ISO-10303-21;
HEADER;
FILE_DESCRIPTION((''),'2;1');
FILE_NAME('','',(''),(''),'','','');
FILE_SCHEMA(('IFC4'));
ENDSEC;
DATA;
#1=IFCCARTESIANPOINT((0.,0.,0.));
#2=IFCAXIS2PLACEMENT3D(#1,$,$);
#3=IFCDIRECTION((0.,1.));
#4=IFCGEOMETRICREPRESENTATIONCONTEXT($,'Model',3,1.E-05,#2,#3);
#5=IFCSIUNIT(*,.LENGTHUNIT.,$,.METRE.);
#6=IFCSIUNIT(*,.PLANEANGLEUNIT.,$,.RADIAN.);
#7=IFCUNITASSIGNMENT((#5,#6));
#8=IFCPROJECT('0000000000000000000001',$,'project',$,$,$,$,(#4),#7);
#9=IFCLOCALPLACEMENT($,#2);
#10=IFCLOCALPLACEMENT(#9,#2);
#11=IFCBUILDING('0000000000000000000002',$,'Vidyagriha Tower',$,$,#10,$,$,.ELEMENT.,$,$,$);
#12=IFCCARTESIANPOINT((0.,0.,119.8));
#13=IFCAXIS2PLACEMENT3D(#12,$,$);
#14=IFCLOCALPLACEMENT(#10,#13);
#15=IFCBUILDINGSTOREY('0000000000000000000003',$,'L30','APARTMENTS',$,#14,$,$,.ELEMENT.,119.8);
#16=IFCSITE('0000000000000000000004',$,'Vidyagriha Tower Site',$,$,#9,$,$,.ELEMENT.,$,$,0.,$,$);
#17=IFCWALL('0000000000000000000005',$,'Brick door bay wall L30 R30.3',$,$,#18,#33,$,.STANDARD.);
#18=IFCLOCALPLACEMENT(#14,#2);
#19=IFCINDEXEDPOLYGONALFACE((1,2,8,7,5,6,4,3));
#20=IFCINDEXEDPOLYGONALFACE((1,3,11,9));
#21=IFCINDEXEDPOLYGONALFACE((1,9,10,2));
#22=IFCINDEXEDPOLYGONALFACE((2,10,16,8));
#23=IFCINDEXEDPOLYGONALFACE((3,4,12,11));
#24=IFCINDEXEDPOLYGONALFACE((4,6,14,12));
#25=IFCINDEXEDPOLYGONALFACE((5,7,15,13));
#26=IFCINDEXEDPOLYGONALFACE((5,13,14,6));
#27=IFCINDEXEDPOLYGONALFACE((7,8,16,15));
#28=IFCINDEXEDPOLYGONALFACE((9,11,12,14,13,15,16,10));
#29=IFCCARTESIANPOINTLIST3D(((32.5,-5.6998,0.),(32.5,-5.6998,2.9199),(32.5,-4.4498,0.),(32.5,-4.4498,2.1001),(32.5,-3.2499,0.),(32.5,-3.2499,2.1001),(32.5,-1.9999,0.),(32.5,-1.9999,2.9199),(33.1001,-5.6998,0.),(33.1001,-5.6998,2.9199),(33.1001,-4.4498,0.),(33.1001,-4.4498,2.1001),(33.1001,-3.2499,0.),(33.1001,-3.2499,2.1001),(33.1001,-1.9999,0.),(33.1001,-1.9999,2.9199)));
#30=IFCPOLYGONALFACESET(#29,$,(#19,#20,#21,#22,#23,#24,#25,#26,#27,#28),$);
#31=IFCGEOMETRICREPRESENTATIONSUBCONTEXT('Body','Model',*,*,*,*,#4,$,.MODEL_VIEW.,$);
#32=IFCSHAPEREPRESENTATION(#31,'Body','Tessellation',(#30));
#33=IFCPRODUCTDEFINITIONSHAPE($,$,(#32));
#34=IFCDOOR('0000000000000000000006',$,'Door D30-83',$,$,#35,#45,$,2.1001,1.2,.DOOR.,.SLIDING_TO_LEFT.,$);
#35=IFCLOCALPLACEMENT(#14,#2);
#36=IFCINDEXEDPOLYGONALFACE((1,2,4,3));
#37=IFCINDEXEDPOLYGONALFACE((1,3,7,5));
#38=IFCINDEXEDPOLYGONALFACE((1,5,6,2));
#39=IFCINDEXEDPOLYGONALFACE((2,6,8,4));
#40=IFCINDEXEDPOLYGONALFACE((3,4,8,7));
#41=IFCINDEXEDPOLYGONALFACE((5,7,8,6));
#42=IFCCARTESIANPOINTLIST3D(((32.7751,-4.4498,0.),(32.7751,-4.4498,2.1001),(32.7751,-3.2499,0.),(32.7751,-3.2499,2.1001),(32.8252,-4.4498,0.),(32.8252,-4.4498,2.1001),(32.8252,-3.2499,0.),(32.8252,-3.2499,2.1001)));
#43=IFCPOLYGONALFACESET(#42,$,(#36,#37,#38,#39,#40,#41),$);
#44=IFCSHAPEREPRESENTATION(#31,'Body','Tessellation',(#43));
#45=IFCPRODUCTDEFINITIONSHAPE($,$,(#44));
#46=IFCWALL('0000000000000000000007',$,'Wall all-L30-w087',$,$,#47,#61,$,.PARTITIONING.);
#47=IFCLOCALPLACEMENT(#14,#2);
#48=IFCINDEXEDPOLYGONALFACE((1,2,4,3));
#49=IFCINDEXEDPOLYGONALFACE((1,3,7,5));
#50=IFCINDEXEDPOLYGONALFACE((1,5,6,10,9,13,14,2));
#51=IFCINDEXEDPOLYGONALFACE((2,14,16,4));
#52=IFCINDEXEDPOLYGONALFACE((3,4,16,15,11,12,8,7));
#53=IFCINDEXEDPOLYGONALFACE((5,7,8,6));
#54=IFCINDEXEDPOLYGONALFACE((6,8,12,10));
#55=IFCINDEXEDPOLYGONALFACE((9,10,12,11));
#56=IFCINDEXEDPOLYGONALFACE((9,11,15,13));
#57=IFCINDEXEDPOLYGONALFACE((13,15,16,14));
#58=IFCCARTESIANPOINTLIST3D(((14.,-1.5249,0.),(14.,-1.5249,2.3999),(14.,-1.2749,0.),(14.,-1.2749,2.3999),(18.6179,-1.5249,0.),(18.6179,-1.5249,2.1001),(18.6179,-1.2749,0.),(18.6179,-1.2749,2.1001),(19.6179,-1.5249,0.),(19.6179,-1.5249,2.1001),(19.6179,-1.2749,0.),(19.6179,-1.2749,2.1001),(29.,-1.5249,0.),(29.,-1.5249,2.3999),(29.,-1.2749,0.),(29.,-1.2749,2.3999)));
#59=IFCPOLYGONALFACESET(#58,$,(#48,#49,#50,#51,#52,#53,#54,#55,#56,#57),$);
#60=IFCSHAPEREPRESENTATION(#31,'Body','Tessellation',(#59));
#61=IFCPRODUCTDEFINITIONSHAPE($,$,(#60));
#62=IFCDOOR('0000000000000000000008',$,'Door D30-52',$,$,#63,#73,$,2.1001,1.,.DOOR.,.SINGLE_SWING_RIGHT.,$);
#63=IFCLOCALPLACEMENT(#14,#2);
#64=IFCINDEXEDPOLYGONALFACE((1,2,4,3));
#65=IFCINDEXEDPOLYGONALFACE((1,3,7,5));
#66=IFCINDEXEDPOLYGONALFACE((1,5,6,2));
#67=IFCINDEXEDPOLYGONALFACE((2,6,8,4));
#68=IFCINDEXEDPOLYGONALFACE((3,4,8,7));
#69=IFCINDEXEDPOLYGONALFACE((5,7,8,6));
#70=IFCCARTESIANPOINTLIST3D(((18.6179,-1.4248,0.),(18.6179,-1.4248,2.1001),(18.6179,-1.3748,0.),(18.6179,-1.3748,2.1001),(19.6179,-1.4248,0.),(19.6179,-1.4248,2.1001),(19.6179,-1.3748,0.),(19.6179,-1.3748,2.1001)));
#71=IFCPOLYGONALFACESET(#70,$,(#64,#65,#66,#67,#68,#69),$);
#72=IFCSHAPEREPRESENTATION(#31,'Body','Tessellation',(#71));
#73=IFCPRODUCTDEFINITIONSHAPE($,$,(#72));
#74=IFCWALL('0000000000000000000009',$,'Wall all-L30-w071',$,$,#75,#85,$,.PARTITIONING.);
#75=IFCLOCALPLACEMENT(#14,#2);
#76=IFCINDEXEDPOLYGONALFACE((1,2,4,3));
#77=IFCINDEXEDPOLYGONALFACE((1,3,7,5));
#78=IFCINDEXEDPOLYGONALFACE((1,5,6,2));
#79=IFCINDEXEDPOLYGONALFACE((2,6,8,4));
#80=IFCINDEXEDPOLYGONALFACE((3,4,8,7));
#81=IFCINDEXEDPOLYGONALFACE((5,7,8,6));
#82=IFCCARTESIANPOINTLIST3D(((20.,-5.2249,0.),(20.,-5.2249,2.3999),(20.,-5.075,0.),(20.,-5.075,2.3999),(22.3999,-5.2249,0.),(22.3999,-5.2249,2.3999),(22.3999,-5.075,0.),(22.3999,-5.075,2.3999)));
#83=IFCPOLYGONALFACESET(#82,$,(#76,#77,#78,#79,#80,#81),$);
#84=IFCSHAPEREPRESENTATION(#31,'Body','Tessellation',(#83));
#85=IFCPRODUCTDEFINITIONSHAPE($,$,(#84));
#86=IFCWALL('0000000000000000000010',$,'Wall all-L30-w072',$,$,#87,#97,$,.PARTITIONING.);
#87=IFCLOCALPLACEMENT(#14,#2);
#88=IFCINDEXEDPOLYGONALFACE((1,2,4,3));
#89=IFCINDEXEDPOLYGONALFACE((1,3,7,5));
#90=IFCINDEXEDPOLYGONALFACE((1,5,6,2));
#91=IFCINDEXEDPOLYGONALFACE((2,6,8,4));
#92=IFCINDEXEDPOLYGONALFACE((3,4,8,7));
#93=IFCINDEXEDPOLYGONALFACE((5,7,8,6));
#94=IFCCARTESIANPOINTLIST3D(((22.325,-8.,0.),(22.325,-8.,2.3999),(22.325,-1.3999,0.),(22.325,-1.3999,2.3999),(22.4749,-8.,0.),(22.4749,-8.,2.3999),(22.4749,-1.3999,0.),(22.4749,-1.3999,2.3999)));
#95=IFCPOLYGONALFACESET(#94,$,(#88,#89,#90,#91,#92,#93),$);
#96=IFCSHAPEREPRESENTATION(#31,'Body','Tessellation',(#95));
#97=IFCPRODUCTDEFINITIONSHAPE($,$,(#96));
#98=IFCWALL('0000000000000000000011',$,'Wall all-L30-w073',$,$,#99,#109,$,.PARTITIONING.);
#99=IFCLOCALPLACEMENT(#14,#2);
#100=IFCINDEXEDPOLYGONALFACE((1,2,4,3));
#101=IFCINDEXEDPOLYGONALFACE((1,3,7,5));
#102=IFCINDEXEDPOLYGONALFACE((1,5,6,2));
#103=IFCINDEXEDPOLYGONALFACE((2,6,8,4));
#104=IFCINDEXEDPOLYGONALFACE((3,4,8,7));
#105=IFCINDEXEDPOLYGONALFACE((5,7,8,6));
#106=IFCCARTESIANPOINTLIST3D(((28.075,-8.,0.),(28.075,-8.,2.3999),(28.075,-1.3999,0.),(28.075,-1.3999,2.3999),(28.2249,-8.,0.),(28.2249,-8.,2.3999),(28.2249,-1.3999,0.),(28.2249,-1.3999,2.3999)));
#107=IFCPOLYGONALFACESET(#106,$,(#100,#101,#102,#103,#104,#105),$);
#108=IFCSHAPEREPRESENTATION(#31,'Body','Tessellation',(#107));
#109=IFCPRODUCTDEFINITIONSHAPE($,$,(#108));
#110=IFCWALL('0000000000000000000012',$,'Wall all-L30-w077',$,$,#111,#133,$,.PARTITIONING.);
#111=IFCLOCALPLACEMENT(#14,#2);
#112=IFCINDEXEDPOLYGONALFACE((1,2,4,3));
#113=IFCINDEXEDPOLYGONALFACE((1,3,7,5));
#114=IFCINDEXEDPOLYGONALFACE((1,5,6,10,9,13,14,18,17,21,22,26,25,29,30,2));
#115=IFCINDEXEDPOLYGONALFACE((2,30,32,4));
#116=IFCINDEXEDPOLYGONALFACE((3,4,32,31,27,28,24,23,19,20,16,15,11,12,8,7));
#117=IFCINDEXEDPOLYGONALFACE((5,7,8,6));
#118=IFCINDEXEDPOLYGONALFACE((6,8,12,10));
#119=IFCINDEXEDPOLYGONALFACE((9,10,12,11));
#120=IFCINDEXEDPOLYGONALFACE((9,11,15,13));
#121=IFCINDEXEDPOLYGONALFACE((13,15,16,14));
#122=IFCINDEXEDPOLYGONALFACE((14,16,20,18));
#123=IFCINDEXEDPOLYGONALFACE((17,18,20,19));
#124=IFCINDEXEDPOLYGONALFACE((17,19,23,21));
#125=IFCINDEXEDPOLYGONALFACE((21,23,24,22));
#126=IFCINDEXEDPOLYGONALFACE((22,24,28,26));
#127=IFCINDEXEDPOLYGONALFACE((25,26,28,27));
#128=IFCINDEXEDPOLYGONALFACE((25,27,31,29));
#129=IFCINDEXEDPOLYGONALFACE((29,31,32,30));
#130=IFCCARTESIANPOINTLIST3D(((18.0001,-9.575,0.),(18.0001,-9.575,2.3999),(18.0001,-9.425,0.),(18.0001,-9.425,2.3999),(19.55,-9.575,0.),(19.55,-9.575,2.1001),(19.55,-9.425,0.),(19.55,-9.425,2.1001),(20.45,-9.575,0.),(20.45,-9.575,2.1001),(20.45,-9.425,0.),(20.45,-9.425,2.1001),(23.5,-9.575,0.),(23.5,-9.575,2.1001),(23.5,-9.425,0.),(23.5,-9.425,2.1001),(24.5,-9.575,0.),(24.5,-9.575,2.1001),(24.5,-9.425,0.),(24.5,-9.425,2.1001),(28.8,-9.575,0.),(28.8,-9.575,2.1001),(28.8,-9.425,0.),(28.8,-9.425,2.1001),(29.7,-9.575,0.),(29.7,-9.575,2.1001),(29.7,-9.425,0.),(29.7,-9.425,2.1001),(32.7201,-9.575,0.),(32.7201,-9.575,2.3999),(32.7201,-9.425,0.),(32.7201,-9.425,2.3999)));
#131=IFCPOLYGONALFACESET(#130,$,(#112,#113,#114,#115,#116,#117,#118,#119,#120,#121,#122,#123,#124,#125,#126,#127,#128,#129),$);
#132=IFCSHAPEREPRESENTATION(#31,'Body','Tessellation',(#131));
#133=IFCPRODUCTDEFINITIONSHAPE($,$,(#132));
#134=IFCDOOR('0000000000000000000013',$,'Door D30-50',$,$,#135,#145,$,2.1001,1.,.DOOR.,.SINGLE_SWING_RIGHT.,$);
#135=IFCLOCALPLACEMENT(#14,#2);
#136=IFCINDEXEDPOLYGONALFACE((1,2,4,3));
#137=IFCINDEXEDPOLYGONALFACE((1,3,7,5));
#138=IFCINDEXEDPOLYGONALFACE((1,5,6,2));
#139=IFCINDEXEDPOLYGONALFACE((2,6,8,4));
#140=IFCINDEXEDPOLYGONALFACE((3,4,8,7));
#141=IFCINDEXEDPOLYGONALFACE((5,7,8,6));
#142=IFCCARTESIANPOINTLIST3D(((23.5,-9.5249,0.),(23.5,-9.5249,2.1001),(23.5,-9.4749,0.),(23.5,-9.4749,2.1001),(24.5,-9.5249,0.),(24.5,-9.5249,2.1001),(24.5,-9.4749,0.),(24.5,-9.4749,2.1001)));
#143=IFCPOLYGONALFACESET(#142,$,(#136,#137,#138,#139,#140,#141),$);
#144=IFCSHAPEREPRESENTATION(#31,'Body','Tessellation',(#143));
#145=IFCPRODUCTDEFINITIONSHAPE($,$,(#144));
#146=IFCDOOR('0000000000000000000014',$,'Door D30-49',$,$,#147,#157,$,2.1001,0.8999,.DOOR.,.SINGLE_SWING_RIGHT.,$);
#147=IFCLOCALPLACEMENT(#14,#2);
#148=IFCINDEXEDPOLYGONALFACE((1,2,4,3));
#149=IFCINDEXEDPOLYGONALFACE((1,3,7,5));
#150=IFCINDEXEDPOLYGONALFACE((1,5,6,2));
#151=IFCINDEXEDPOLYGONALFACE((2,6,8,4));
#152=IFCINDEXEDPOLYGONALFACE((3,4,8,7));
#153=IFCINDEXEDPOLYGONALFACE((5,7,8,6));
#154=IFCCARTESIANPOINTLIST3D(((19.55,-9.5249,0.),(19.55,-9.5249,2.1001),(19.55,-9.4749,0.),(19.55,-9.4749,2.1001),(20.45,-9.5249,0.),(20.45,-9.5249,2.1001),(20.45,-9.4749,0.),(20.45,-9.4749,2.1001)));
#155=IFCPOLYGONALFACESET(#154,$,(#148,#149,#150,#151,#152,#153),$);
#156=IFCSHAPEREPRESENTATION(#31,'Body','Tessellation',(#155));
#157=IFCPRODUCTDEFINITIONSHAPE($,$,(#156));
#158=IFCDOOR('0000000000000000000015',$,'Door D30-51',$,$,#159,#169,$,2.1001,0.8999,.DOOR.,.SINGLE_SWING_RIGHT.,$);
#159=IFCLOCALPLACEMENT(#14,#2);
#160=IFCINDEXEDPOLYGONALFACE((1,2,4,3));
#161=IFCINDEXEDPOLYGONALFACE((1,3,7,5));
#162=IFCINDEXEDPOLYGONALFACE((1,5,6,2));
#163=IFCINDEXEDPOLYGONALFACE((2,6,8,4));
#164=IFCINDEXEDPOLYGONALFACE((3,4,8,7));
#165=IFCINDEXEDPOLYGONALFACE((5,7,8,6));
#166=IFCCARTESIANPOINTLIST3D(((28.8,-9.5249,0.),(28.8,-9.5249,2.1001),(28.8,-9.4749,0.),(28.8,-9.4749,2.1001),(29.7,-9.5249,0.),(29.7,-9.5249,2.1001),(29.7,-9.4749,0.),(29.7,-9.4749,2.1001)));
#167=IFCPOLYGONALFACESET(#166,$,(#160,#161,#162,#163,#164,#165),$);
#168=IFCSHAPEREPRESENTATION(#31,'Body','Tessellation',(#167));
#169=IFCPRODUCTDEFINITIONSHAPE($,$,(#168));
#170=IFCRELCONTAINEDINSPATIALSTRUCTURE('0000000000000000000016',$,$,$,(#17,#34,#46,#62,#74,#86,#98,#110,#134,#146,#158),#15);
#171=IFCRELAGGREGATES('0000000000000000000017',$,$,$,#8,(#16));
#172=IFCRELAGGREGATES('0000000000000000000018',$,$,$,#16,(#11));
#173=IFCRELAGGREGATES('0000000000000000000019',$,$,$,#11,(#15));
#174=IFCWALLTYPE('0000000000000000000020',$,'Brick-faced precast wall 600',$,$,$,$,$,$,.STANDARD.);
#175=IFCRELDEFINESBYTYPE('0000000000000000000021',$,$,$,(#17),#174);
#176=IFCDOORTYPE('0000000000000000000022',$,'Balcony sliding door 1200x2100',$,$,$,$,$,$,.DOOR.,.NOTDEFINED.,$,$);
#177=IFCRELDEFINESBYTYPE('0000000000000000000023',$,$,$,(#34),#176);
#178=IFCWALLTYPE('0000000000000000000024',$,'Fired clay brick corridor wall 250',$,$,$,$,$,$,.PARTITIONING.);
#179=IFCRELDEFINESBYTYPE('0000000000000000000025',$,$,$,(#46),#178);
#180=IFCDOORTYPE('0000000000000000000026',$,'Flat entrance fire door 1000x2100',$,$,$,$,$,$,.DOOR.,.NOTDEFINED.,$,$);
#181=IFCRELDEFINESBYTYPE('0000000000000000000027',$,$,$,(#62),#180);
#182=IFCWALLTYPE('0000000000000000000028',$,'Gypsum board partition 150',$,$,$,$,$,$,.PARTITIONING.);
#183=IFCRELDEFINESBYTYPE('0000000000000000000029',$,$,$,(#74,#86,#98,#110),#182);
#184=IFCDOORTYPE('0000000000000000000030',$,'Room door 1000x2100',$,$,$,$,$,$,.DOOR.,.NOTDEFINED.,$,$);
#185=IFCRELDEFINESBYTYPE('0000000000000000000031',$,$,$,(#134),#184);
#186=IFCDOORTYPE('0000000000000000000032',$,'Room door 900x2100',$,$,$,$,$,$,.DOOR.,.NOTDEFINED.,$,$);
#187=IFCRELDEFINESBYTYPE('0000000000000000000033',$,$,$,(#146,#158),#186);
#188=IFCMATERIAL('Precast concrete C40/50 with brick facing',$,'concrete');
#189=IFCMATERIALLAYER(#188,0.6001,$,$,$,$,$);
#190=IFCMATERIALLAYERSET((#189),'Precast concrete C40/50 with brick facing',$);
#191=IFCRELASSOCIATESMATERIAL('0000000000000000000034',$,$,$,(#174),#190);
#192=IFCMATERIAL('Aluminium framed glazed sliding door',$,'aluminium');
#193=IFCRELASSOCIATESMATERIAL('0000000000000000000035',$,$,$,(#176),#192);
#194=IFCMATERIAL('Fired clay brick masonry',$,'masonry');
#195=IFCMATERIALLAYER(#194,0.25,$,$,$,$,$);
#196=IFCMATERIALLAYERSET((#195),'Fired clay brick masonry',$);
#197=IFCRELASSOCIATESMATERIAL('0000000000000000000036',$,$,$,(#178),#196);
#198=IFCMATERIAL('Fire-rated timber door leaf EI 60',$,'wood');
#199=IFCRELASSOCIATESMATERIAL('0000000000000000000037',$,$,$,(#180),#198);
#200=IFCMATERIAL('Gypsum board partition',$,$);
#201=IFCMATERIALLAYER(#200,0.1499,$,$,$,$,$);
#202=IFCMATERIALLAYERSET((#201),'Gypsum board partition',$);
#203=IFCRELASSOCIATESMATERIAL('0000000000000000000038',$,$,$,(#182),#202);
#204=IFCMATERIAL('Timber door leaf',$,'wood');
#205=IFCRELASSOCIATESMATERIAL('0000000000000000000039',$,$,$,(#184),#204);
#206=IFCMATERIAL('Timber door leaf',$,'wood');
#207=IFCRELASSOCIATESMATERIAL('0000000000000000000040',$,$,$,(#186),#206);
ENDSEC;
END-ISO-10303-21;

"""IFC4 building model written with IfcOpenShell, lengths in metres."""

from ifc_helpers import new_model, si_unit, direction, frame, frame_2d, origin, place, context, subcontext, project, spatial, rectangle, extrude, material, layer, layer_set, type_object, element, fill, save


model = new_model("IFC4")

# Units and contexts
model_context = context("Model", 3, precision=1e-05, world=origin(), true_north=direction((0.0, 1.0)))
body_context = subcontext(model_context, "Body", "Model", "MODEL_VIEW")
ifc_project = project(units=[si_unit("LENGTHUNIT", "METRE"), si_unit("PLANEANGLEUNIT", "RADIAN")], contexts=[model_context])

# Site, building, storey
site_placement = place(None, origin())
site = spatial("IfcSite", under=ifc_project, at=site_placement, Name="Vidyagriha Tower Site", CompositionType="ELEMENT", RefElevation=0.0)
building_placement = place(site_placement, origin())
building = spatial("IfcBuilding", under=site, at=building_placement, Name="Vidyagriha Tower", CompositionType="ELEMENT")
storey_placement = place(building_placement, frame((0.0, 0.0, 119.8)))
storey = spatial("IfcBuildingStorey", under=building, at=storey_placement, Name="L30", Description="APARTMENTS", CompositionType="ELEMENT", Elevation=119.8)

# Walls, openings, doors
ifc_material_1 = material(Name="Precast concrete C40/50 with brick facing", Category="concrete")
ifc_layer_1 = layer(ifc_material_1, 0.6001)
ifc_layer_set_1 = layer_set([ifc_layer_1], Name="Precast concrete C40/50 with brick facing")
wall_type_1 = type_object("IfcWallType", Name="Brick-faced precast wall 600", PredefinedType="STANDARD", material=ifc_layer_set_1)
wall_1_placement = place(storey_placement, frame((32.8, -5.7, 0.0), z_axis=(0.0, 0.0, 1.0), x_axis=(0.0, 1.0, 0.0)))
wall_1 = element("IfcWall", 1, at=wall_1_placement, inside=storey, type_object=wall_type_1, Name="Brick door bay wall L30 R30.3", PredefinedType="STANDARD", context=body_context, shape_type="SweptSolid", body=[
    extrude(rectangle(XDim=3.7, YDim=0.6001, at=frame_2d((1.8501, 0.0))), origin(), (0.0, 0.0, 1.0), 2.9199),
])
opening_1_placement = place(wall_1_placement, frame((1.25, 0.0, 0.0)))
opening_1 = element("IfcOpeningElement", 2, at=opening_1_placement, cuts=wall_1, PredefinedType="OPENING", context=body_context, shape_type="SweptSolid", body=[
    extrude(rectangle(XDim=1.2, YDim=2.1001, at=frame_2d((0.6001, 1.05))), frame((0.0, 0.3101, 0.0), z_axis=(0.0, -1.0, 0.0), x_axis=(1.0, 0.0, 0.0)), (0.0, 0.0, 1.0), 0.6201),
])
ifc_material_2 = material(Name="Aluminium framed glazed sliding door", Category="aluminium")
door_type_1 = type_object("IfcDoorType", Name="Balcony sliding door 1200x2100", OperationType="NOTDEFINED", PredefinedType="DOOR", material=ifc_material_2)
door_1_placement = place(opening_1_placement, origin())
door_1 = element("IfcDoor", 3, at=door_1_placement, inside=storey, type_object=door_type_1, Name="Door D30-83", OperationType="SLIDING_TO_LEFT", OverallHeight=2.1001, OverallWidth=1.2, PredefinedType="DOOR", context=body_context, shape_type="SweptSolid", body=[
    extrude(rectangle(XDim=1.2, YDim=2.1001, at=frame_2d((0.6001, 1.05))), frame((0.0, 0.0249, 0.0), z_axis=(0.0, -1.0, 0.0), x_axis=(1.0, 0.0, 0.0)), (0.0, 0.0, 1.0), 0.05),
])
fill(opening_1, door_1)
ifc_material_3 = material(Name="Fired clay brick masonry", Category="masonry")
ifc_layer_2 = layer(ifc_material_3, 0.25)
ifc_layer_set_2 = layer_set([ifc_layer_2], Name="Fired clay brick masonry")
wall_type_2 = type_object("IfcWallType", Name="Fired clay brick corridor wall 250", PredefinedType="PARTITIONING", material=ifc_layer_set_2)
wall_2_placement = place(storey_placement, frame((29.0, -1.3999, 0.0), z_axis=(0.0, 0.0, 1.0), x_axis=(-1.0, 0.0, 0.0)))
wall_2 = element("IfcWall", 4, at=wall_2_placement, inside=storey, type_object=wall_type_2, Name="Wall all-L30-w087", PredefinedType="PARTITIONING", context=body_context, shape_type="SweptSolid", body=[
    extrude(rectangle(XDim=15.0, YDim=0.25, at=frame_2d((7.5, 0.0))), origin(), (0.0, 0.0, 1.0), 2.3999),
])
opening_2_placement = place(wall_2_placement, frame((9.3821, 0.0, 0.0)))
opening_2 = element("IfcOpeningElement", 5, at=opening_2_placement, cuts=wall_2, PredefinedType="OPENING", context=body_context, shape_type="SweptSolid", body=[
    extrude(rectangle(XDim=1.0, YDim=2.1001, at=frame_2d((0.5, 1.05))), frame((0.0, 0.135, 0.0), z_axis=(0.0, -1.0, 0.0), x_axis=(1.0, 0.0, 0.0)), (0.0, 0.0, 1.0), 0.27),
])
ifc_material_4 = material(Name="Fire-rated timber door leaf EI 60", Category="wood")
door_type_2 = type_object("IfcDoorType", Name="Flat entrance fire door 1000x2100", OperationType="NOTDEFINED", PredefinedType="DOOR", material=ifc_material_4)
door_2_placement = place(opening_2_placement, origin())
door_2 = element("IfcDoor", 6, at=door_2_placement, inside=storey, type_object=door_type_2, Name="Door D30-52", OperationType="SINGLE_SWING_RIGHT", OverallHeight=2.1001, OverallWidth=1.0, PredefinedType="DOOR", context=body_context, shape_type="SweptSolid", body=[
    extrude(rectangle(XDim=1.0, YDim=2.1001, at=frame_2d((0.5, 1.05))), frame((0.0, 0.0249, 0.0), z_axis=(0.0, -1.0, 0.0), x_axis=(1.0, 0.0, 0.0)), (0.0, 0.0, 1.0), 0.05),
])
fill(opening_2, door_2)

# Walls
ifc_material_5 = material(Name="Gypsum board partition")
ifc_layer_3 = layer(ifc_material_5, 0.1499)
ifc_layer_set_3 = layer_set([ifc_layer_3], Name="Gypsum board partition")
wall_type_3 = type_object("IfcWallType", Name="Gypsum board partition 150", PredefinedType="PARTITIONING", material=ifc_layer_set_3)
wall_3_placement = place(storey_placement, frame((22.3999, -5.1499, 0.0), z_axis=(0.0, 0.0, 1.0), x_axis=(-1.0, 0.0, 0.0)))
element("IfcWall", 7, at=wall_3_placement, inside=storey, type_object=wall_type_3, Name="Wall all-L30-w071", PredefinedType="PARTITIONING", context=body_context, shape_type="SweptSolid", body=[
    extrude(rectangle(XDim=2.3999, YDim=0.1499, at=frame_2d((1.2, 0.0))), origin(), (0.0, 0.0, 1.0), 2.3999),
])
for number, where, z_axis, x_axis, name in (
    (8, (22.3999, -1.3999, 0.0), (0.0, 0.0, 1.0), (0.0, -1.0, 0.0), "Wall all-L30-w072"),
    (9, (28.1499, -1.3999, 0.0), (0.0, 0.0, 1.0), (0.0, -1.0, 0.0), "Wall all-L30-w073"),
):
    element("IfcWall", number, at=place(storey_placement, frame(where, z_axis=z_axis, x_axis=x_axis)), inside=storey, type_object=wall_type_3, Name=name, PredefinedType="PARTITIONING", context=body_context, shape_type="SweptSolid", body=[
        extrude(rectangle(XDim=6.6001, YDim=0.1499, at=frame_2d((3.3, 0.0))), origin(), (0.0, 0.0, 1.0), 2.3999),
    ])

# Wall, openings, doors
wall_4_placement = place(storey_placement, frame((32.72, -9.5, 0.0), z_axis=(0.0, 0.0, 1.0), x_axis=(-1.0, 0.0, 0.0)))
wall_4 = element("IfcWall", 10, at=wall_4_placement, inside=storey, type_object=wall_type_3, Name="Wall all-L30-w077", PredefinedType="PARTITIONING", context=body_context, shape_type="SweptSolid", body=[
    extrude(rectangle(XDim=14.72, YDim=0.1499, at=frame_2d((7.3599, 0.0))), origin(), (0.0, 0.0, 1.0), 2.3999),
])
opening_3_placement = place(wall_4_placement, frame((12.27, 0.0, 0.0)))
opening_3 = element("IfcOpeningElement", 11, at=opening_3_placement, cuts=wall_4, PredefinedType="OPENING", context=body_context, shape_type="SweptSolid", body=[
    extrude(rectangle(XDim=0.8999, YDim=2.1001, at=frame_2d((0.45, 1.05))), frame((0.0, 0.085, 0.0), z_axis=(0.0, -1.0, 0.0), x_axis=(1.0, 0.0, 0.0)), (0.0, 0.0, 1.0), 0.1699),
])
opening_4_placement = place(wall_4_placement, frame((8.22, 0.0, 0.0)))
opening_4 = element("IfcOpeningElement", 12, at=opening_4_placement, cuts=wall_4, PredefinedType="OPENING", context=body_context, shape_type="SweptSolid", body=[
    extrude(rectangle(XDim=1.0, YDim=2.1001, at=frame_2d((0.5, 1.05))), frame((0.0, 0.085, 0.0), z_axis=(0.0, -1.0, 0.0), x_axis=(1.0, 0.0, 0.0)), (0.0, 0.0, 1.0), 0.1699),
])
opening_5_placement = place(wall_4_placement, frame((3.02, 0.0, 0.0)))
opening_5 = element("IfcOpeningElement", 13, at=opening_5_placement, cuts=wall_4, PredefinedType="OPENING", context=body_context, shape_type="SweptSolid", body=[
    extrude(rectangle(XDim=0.8999, YDim=2.1001, at=frame_2d((0.45, 1.05))), frame((0.0, 0.085, 0.0), z_axis=(0.0, -1.0, 0.0), x_axis=(1.0, 0.0, 0.0)), (0.0, 0.0, 1.0), 0.1699),
])
ifc_material_6 = material(Name="Timber door leaf", Category="wood")
door_type_3 = type_object("IfcDoorType", Name="Room door 1000x2100", OperationType="NOTDEFINED", PredefinedType="DOOR", material=ifc_material_6)
door_3_placement = place(opening_4_placement, origin())
door_3 = element("IfcDoor", 14, at=door_3_placement, inside=storey, type_object=door_type_3, Name="Door D30-50", OperationType="SINGLE_SWING_RIGHT", OverallHeight=2.1001, OverallWidth=1.0, PredefinedType="DOOR", context=body_context, shape_type="SweptSolid", body=[
    extrude(rectangle(XDim=1.0, YDim=2.1001, at=frame_2d((0.5, 1.05))), frame((0.0, 0.0249, 0.0), z_axis=(0.0, -1.0, 0.0), x_axis=(1.0, 0.0, 0.0)), (0.0, 0.0, 1.0), 0.05),
])
fill(opening_4, door_3)
ifc_material_7 = material(Name="Timber door leaf", Category="wood")
door_type_4 = type_object("IfcDoorType", Name="Room door 900x2100", OperationType="NOTDEFINED", PredefinedType="DOOR", material=ifc_material_7)
door_4_placement = place(opening_3_placement, origin())
door_4 = element("IfcDoor", 15, at=door_4_placement, inside=storey, type_object=door_type_4, Name="Door D30-49", OperationType="SINGLE_SWING_RIGHT", OverallHeight=2.1001, OverallWidth=0.8999, PredefinedType="DOOR", context=body_context, shape_type="SweptSolid", body=[
    extrude(rectangle(XDim=0.8999, YDim=2.1001, at=frame_2d((0.45, 1.05))), frame((0.0, 0.0249, 0.0), z_axis=(0.0, -1.0, 0.0), x_axis=(1.0, 0.0, 0.0)), (0.0, 0.0, 1.0), 0.05),
])
fill(opening_3, door_4)
door_5_placement = place(opening_5_placement, origin())
door_5 = element("IfcDoor", 16, at=door_5_placement, inside=storey, type_object=door_type_4, Name="Door D30-51", OperationType="SINGLE_SWING_RIGHT", OverallHeight=2.1001, OverallWidth=0.8999, PredefinedType="DOOR", context=body_context, shape_type="SweptSolid", body=[
    extrude(rectangle(XDim=0.8999, YDim=2.1001, at=frame_2d((0.45, 1.05))), frame((0.0, 0.0249, 0.0), z_axis=(0.0, -1.0, 0.0), x_axis=(1.0, 0.0, 0.0)), (0.0, 0.0, 1.0), 0.05),
])
fill(opening_5, door_5)

save(model, "model.ifc")
